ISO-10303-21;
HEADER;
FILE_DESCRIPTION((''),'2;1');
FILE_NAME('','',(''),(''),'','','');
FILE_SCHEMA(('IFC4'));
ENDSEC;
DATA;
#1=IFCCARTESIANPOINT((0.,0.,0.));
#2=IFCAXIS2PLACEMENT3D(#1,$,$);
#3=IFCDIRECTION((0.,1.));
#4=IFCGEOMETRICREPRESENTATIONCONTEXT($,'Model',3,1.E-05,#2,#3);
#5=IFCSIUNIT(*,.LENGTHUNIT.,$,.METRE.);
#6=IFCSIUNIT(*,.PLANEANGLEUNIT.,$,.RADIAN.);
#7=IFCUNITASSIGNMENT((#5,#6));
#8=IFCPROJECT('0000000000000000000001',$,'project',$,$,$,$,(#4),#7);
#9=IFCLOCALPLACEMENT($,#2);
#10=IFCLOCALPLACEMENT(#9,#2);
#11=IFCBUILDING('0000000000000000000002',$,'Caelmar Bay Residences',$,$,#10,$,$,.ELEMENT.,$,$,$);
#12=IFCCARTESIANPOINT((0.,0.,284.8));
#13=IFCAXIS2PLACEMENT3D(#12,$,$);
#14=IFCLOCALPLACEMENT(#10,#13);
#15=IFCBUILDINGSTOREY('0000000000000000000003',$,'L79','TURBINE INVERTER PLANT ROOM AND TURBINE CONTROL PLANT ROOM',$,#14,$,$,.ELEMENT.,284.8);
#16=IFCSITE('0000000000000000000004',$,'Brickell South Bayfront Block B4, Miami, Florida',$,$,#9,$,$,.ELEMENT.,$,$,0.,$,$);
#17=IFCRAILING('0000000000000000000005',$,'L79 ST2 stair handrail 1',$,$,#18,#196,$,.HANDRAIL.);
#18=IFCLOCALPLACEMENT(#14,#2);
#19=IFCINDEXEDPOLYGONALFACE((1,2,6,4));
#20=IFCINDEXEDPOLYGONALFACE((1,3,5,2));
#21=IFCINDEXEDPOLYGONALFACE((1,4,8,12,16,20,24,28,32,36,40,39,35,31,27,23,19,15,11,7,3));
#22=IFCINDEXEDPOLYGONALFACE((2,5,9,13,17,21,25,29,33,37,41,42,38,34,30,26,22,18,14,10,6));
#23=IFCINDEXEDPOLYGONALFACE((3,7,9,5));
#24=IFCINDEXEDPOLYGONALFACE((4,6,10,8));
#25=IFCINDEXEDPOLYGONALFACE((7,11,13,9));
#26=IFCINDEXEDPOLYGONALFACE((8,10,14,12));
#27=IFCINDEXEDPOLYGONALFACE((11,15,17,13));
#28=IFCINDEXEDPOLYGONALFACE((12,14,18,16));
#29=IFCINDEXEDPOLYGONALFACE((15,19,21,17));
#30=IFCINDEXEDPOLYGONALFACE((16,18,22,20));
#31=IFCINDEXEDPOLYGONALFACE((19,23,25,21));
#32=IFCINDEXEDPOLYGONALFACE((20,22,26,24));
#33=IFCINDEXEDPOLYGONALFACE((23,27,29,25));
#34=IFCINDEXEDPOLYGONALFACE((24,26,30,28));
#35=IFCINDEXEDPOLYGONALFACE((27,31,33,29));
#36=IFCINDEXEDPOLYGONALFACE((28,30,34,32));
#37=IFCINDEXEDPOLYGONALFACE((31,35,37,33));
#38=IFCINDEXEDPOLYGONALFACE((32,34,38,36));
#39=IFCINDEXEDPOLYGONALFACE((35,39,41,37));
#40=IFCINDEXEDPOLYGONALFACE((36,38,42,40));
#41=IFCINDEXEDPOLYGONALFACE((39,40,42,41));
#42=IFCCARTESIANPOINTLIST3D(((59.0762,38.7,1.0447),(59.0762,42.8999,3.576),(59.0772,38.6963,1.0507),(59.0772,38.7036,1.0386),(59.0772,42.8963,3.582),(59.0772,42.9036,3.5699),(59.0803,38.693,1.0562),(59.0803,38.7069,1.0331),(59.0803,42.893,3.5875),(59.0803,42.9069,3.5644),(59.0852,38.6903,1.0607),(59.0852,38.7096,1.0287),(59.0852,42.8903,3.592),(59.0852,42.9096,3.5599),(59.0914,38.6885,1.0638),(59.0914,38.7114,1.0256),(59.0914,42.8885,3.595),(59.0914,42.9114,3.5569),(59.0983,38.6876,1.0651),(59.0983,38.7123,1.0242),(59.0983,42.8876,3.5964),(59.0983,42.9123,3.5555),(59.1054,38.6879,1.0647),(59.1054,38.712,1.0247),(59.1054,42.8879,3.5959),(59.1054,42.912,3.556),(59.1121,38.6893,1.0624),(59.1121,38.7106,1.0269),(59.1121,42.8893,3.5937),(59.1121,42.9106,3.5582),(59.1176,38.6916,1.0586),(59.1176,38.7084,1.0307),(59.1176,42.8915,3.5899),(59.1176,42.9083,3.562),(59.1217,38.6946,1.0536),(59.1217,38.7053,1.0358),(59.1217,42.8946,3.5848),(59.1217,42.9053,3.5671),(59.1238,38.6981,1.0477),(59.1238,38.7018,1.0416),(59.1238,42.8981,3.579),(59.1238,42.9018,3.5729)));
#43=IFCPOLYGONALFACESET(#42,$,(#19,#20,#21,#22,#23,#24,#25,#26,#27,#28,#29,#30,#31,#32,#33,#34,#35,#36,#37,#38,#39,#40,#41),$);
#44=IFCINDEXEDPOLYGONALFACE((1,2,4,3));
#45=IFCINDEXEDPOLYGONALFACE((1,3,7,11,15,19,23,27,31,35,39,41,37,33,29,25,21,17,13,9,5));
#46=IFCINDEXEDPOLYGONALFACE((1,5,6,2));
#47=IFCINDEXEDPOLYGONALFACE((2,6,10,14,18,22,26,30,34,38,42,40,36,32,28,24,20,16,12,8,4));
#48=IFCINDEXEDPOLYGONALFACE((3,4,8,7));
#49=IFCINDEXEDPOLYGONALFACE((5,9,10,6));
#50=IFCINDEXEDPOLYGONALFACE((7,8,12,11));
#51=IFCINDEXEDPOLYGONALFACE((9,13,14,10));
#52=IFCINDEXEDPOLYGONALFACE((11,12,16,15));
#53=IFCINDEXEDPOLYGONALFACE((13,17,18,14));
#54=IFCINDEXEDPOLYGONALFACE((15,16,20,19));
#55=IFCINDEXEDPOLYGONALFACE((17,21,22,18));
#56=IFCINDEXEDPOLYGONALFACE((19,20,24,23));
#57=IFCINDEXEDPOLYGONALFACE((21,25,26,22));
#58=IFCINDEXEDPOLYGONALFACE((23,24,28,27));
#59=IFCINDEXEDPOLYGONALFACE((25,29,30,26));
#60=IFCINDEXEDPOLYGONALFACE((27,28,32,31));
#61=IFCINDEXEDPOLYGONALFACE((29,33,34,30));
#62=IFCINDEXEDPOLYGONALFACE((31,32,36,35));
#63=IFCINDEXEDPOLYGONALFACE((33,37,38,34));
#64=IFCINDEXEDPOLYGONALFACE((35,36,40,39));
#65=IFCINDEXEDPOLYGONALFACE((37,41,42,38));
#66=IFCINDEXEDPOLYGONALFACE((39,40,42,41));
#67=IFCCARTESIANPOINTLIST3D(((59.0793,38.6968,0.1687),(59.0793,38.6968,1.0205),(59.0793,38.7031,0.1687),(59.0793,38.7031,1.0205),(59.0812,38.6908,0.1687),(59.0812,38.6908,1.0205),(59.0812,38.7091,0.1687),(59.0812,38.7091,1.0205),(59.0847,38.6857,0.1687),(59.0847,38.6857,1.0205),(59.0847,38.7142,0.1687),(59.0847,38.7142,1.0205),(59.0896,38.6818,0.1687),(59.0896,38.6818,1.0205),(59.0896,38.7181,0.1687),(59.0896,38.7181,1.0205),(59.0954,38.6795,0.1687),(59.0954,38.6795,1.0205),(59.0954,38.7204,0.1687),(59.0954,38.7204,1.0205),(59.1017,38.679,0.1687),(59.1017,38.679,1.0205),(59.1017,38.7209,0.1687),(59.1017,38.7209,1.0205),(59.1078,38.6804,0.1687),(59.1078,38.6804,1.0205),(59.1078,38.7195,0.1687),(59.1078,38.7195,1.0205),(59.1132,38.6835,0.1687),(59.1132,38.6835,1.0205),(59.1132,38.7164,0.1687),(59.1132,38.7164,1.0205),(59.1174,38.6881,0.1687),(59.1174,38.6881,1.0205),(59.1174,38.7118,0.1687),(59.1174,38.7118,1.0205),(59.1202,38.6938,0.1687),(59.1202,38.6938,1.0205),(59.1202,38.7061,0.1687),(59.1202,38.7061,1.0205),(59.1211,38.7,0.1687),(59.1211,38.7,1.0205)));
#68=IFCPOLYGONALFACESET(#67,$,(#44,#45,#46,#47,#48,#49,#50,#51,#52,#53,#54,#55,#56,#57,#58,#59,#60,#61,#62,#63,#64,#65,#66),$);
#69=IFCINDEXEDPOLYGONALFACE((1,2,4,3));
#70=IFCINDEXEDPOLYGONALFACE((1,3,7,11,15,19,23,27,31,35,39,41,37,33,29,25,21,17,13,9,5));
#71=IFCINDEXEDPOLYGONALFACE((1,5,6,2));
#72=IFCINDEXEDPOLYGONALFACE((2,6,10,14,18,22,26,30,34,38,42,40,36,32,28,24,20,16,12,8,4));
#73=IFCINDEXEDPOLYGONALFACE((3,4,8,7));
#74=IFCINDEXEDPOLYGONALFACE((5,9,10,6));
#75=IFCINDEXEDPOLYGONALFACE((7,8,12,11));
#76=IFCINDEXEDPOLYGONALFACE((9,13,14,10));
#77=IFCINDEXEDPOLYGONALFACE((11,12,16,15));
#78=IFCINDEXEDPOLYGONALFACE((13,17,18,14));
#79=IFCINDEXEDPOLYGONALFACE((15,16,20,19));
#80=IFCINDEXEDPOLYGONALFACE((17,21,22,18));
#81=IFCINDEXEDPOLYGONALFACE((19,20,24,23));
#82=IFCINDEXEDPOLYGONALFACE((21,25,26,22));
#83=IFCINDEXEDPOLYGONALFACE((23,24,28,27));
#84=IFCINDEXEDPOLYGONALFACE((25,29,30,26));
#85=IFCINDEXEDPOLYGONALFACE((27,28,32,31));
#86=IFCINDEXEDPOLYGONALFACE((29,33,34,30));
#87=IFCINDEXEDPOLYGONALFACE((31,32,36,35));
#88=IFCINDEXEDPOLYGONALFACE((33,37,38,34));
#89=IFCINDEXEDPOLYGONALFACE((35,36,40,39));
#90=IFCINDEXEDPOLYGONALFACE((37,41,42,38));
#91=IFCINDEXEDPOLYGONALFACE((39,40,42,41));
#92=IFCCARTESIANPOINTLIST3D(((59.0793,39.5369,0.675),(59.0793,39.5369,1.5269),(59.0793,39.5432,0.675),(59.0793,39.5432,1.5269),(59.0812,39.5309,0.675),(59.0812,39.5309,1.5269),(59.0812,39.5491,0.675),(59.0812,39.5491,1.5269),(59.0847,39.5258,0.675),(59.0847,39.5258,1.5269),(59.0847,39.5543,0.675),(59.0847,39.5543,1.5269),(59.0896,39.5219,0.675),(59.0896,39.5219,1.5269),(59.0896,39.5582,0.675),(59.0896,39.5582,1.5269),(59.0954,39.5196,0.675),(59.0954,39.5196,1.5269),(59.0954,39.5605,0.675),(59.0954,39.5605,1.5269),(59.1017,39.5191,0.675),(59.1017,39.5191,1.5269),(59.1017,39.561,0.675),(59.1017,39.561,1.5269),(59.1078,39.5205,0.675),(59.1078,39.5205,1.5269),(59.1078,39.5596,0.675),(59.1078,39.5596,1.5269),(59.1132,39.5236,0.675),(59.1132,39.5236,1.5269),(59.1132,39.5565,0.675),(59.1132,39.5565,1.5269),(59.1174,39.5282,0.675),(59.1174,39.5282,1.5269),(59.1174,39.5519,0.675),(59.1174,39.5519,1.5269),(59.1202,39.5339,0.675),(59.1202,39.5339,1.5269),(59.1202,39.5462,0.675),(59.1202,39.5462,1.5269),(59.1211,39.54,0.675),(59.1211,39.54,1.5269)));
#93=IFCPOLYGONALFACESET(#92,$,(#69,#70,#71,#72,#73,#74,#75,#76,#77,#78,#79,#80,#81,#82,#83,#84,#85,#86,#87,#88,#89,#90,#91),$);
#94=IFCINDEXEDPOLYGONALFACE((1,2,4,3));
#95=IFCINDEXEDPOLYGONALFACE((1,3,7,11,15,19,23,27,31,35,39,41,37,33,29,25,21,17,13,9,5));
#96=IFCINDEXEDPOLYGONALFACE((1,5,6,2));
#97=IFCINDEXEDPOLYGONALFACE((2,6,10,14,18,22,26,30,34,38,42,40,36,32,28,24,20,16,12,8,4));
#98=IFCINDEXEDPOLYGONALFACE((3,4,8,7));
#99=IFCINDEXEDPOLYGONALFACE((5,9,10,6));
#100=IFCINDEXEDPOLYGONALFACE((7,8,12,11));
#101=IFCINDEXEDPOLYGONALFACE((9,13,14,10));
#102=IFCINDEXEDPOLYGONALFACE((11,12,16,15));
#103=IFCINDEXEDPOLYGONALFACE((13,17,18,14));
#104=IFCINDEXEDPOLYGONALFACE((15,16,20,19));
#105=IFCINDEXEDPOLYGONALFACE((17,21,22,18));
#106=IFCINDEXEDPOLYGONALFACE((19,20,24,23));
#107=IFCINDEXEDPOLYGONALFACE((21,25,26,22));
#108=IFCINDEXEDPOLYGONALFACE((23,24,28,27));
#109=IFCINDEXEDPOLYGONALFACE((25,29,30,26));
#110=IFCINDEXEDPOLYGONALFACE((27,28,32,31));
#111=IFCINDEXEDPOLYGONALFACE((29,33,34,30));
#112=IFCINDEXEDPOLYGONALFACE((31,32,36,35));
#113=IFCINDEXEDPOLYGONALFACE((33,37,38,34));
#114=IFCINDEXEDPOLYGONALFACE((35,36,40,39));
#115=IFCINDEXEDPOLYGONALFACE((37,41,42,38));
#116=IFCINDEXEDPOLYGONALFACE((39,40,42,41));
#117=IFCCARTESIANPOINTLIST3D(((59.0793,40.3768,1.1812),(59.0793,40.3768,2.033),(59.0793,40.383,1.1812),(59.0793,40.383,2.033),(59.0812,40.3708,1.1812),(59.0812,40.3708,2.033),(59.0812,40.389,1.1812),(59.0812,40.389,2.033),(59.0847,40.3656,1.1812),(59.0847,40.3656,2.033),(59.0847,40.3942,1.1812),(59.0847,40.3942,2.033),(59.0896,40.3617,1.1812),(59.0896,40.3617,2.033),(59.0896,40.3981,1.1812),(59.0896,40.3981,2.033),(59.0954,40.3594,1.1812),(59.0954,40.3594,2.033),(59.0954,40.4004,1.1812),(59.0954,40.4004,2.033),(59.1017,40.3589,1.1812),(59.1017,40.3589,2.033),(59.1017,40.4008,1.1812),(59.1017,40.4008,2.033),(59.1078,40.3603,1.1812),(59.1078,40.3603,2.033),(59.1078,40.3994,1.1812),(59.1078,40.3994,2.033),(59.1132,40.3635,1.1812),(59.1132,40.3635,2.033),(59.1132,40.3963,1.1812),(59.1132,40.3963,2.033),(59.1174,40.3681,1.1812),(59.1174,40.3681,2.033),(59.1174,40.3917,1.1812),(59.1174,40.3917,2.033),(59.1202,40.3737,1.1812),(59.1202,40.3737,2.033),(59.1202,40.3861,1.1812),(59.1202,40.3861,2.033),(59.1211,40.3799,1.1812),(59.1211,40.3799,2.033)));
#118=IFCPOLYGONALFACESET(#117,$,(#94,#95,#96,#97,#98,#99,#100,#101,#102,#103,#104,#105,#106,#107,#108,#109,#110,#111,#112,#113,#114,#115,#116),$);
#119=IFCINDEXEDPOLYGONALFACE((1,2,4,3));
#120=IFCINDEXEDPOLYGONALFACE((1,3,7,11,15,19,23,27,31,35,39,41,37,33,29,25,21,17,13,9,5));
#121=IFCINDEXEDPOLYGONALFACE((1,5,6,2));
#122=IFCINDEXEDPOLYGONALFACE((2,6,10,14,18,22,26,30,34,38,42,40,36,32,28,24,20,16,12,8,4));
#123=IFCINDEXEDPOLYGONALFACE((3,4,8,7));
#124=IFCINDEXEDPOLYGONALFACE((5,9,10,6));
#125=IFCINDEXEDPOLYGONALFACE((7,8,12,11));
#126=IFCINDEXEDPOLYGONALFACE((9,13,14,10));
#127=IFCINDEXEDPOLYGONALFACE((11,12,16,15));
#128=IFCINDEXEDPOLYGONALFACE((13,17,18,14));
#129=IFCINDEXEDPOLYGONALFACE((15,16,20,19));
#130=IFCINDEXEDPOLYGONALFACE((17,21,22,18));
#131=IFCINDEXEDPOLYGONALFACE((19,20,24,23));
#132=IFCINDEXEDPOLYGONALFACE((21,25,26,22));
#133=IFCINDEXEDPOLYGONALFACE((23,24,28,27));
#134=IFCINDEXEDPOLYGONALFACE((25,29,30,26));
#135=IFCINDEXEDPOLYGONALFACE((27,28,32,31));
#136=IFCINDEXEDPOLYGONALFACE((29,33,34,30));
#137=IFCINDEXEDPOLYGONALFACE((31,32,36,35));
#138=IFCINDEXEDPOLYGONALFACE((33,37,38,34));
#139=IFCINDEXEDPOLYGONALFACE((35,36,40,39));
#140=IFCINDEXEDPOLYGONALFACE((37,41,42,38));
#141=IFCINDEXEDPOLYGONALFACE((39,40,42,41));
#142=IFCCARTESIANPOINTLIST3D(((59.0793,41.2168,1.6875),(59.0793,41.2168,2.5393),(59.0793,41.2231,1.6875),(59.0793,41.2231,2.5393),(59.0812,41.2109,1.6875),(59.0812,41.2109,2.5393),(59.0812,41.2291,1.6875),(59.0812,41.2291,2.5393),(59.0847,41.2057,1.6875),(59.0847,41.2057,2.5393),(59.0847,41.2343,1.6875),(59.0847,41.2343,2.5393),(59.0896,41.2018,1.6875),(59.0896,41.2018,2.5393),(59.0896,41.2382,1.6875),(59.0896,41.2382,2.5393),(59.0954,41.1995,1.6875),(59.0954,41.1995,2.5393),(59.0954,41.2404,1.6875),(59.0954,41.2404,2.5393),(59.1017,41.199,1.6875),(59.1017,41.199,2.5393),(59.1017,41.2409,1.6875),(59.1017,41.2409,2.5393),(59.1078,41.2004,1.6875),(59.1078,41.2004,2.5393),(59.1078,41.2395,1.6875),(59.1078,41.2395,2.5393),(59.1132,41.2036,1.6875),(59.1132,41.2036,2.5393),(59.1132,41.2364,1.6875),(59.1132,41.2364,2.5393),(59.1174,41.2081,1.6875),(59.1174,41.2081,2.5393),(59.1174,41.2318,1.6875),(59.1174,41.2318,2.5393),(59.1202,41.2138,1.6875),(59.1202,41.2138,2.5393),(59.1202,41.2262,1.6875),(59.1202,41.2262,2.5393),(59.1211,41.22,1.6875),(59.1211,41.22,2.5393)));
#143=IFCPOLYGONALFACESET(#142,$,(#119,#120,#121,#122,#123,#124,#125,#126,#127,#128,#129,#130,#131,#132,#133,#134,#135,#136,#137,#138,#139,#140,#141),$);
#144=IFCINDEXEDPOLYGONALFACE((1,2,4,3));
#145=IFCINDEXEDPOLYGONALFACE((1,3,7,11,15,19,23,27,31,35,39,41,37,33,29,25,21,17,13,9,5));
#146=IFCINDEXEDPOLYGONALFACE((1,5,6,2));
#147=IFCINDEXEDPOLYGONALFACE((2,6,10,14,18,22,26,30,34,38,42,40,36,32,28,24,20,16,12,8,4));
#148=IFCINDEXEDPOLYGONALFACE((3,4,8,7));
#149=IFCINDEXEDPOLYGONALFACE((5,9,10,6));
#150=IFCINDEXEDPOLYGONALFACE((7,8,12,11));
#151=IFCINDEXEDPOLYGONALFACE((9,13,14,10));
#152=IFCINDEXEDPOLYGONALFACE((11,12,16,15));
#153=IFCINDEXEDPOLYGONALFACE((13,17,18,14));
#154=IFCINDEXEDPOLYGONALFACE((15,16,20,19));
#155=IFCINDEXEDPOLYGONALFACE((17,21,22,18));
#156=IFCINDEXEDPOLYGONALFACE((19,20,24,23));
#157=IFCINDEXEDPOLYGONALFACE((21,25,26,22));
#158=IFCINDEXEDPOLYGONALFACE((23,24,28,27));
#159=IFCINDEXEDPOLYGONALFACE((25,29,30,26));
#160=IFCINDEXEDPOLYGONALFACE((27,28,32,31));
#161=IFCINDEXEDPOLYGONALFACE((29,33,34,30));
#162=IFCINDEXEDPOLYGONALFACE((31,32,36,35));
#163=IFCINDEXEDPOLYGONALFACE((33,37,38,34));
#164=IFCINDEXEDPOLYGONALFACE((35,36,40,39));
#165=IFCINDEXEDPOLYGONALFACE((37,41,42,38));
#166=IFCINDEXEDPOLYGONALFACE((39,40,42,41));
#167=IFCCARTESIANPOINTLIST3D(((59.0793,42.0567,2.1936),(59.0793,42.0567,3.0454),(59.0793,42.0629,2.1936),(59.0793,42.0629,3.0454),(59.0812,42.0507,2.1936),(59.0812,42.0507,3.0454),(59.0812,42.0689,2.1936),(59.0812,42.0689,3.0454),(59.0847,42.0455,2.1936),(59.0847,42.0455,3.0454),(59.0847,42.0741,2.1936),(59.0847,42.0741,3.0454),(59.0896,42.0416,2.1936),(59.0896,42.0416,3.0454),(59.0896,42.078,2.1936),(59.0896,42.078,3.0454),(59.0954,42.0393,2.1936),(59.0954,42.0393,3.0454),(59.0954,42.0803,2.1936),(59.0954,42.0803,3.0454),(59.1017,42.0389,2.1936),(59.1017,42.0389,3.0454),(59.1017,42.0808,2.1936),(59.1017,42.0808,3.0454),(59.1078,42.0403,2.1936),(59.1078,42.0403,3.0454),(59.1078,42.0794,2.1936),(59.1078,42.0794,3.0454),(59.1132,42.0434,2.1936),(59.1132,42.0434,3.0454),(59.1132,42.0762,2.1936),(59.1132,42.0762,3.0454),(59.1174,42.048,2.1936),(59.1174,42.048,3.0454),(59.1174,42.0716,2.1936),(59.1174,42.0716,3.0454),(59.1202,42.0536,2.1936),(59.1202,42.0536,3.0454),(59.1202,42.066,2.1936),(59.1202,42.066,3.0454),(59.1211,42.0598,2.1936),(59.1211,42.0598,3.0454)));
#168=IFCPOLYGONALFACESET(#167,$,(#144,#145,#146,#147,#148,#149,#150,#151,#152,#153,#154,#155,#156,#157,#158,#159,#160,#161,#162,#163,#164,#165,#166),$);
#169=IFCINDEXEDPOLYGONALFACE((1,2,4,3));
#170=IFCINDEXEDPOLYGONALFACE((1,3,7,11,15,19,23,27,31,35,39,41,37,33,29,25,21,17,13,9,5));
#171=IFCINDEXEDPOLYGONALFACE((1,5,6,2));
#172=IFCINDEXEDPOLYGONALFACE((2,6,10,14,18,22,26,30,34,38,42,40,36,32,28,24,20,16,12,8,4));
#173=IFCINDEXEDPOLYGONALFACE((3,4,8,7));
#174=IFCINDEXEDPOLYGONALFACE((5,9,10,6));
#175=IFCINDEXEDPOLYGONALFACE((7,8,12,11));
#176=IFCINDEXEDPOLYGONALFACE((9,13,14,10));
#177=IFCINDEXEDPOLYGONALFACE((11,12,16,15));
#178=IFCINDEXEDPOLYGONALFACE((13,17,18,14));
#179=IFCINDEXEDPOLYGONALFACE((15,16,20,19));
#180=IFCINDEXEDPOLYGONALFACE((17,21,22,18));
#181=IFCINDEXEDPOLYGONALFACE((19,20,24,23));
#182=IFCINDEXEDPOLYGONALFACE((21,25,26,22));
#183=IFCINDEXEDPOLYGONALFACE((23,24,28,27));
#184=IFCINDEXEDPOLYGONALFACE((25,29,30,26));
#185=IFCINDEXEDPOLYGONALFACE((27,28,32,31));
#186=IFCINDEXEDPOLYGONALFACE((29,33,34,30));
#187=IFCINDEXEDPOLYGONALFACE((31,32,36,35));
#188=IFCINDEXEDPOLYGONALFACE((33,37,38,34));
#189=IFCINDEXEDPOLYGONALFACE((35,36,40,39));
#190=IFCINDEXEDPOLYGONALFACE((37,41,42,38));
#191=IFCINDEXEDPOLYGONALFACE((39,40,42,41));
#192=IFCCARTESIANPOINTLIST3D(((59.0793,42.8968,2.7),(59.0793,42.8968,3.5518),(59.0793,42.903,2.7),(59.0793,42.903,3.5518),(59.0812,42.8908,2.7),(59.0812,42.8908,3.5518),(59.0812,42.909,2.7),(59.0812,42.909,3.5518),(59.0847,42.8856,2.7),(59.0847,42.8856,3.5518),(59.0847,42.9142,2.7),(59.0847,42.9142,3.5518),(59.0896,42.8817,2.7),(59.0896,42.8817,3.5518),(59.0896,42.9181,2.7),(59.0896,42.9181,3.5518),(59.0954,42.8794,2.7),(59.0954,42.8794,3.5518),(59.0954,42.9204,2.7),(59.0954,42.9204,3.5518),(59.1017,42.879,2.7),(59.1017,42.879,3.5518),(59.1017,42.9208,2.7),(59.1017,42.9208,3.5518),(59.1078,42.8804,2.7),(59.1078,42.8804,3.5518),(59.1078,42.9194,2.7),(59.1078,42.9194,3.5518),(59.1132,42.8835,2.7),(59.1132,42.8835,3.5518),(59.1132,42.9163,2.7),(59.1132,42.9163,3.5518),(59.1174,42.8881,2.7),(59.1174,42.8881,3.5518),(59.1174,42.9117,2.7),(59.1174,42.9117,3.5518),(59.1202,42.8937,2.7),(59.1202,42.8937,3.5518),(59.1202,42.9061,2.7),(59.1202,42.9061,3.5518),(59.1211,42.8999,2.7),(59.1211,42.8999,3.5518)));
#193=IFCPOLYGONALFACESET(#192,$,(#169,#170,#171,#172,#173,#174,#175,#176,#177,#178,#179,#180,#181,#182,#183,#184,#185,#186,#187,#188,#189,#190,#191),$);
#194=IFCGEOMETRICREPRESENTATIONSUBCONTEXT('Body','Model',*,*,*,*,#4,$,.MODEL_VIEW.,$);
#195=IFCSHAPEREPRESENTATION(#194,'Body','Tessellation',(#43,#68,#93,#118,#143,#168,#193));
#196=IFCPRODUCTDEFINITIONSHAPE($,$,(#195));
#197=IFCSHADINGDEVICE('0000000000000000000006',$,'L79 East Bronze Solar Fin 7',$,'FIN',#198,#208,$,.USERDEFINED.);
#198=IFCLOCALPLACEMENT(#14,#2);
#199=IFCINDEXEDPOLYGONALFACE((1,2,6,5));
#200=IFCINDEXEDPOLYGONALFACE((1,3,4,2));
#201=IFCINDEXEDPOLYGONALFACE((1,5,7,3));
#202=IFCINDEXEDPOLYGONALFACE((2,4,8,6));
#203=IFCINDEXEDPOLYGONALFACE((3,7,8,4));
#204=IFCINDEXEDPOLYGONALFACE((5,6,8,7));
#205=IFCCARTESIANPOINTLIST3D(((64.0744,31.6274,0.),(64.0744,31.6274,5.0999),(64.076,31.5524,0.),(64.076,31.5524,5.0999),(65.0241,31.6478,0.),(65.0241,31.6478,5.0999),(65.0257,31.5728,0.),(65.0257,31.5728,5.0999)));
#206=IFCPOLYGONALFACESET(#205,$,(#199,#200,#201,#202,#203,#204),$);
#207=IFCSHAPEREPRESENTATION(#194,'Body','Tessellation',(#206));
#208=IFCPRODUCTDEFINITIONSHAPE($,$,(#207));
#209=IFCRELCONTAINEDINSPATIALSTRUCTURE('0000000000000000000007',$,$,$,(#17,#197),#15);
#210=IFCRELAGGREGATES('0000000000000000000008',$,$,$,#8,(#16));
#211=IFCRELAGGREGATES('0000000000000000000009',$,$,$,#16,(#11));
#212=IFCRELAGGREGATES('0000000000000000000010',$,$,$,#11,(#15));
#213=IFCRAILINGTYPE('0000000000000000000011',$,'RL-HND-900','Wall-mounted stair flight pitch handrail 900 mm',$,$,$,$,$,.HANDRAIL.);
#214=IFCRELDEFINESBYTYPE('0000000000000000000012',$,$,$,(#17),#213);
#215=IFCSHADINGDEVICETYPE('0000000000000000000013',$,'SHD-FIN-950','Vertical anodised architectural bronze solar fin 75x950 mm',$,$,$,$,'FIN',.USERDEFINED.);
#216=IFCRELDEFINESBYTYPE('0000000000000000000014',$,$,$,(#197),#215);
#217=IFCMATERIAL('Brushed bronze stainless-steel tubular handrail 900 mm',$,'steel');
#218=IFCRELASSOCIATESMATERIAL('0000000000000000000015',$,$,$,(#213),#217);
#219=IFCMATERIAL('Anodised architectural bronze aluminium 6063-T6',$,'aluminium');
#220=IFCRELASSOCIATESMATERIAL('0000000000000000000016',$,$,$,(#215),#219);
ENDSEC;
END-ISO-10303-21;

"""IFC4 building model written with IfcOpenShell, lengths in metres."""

from ifc_helpers import new_model, si_unit, direction, frame, origin, origin_2d, place, context, subcontext, project, spatial, rectangle, circle, extrude, material, material_profile, profile_set, type_object, element, save


model = new_model("IFC4")

# Units and contexts
model_context = context("Model", 3, precision=1e-05, world=origin(), true_north=direction((0.0, 1.0)))
body_context = subcontext(model_context, "Body", "Model", "MODEL_VIEW")
ifc_project = project(units=[si_unit("LENGTHUNIT", "METRE"), si_unit("PLANEANGLEUNIT", "RADIAN")], contexts=[model_context])

# Site, building, storey
site_placement = place(None, origin())
site = spatial("IfcSite", under=ifc_project, at=site_placement, Name="Brickell South Bayfront Block B4, Miami, Florida", CompositionType="ELEMENT", RefElevation=0.0)
building_placement = place(site_placement, origin())
building = spatial("IfcBuilding", under=site, at=building_placement, Name="Caelmar Bay Residences", CompositionType="ELEMENT")
storey_placement = place(building_placement, frame((0.0, 0.0, 284.8)))
storey = spatial("IfcBuildingStorey", under=building, at=storey_placement, Name="L79", Description="TURBINE INVERTER PLANT ROOM AND TURBINE CONTROL PLANT ROOM", CompositionType="ELEMENT", Elevation=284.8)

# Railing
ifc_material_1 = material(Name="Brushed bronze stainless-steel tubular handrail 900 mm", Category="steel")
railing_type_1 = type_object("IfcRailingType", Name="RL-HND-900", Description="Wall-mounted stair flight pitch handrail 900 mm", PredefinedType="HANDRAIL", material=ifc_material_1)
railing_1_placement = place(storey_placement, frame((59.1001, 38.7, 0.1687)))
element("IfcRailing", 1, at=railing_1_placement, inside=storey, type_object=railing_type_1, Name="L79 ST2 stair handrail 1", PredefinedType="HANDRAIL", context=body_context, shape_type="SweptSolid", body=[
    extrude(circle(Radius=0.0239, at=origin_2d()), frame((0.0, 0.0, 0.876), z_axis=(0.0, 0.856476, 0.516186), x_axis=(-1.0, 0.0, 0.0)), (0.0, 0.0, 1.0), 4.9038),
    extrude(circle(Radius=0.021, at=origin_2d()), origin(), (0.0, 0.0, 1.0), 0.8518),
    extrude(circle(Radius=0.021, at=origin_2d()), frame((0.0, 0.8401, 0.5063)), (0.0, 0.0, 1.0), 0.8518),
    extrude(circle(Radius=0.021, at=origin_2d()), frame((0.0, 1.6799, 1.0125)), (0.0, 0.0, 1.0), 0.8518),
    extrude(circle(Radius=0.021, at=origin_2d()), frame((0.0, 2.52, 1.5188)), (0.0, 0.0, 1.0), 0.8518),
    extrude(circle(Radius=0.021, at=origin_2d()), frame((0.0, 3.3599, 2.0249)), (0.0, 0.0, 1.0), 0.8518),
    extrude(circle(Radius=0.021, at=origin_2d()), frame((0.0, 4.2, 2.5312)), (0.0, 0.0, 1.0), 0.8518),
])

# Shading device
ifc_material_2 = material(Name="Anodised architectural bronze aluminium 6063-T6", Category="aluminium")
ifc_material_profile_1 = material_profile(ifc_material_2, rectangle(XDim=0.075, YDim=0.95, at=origin_2d()), Name="BRONZE-FIN-75X950")
ifc_profile_set_1 = profile_set([ifc_material_profile_1], Name="Anodised architectural bronze aluminium 6063-T6")
shading_device_type = type_object("IfcShadingDeviceType", Name="SHD-FIN-950", Description="Vertical anodised architectural bronze solar fin 75x950 mm", ElementType="FIN", PredefinedType="USERDEFINED", material=ifc_profile_set_1)
for number, where, z_axis, x_axis, name in (
    (2, (64.55, 31.6001, 0.0), (0.0, 0.0, 1.0), (-0.021466, 0.99977, 0.0), "L79 East Bronze Solar Fin 7"),
):
    element("IfcShadingDevice", number, at=place(storey_placement, frame(where, z_axis=z_axis, x_axis=x_axis)), inside=storey, type_object=shading_device_type, Name=name, ObjectType="FIN", PredefinedType="USERDEFINED", context=body_context, shape_type="SweptSolid", body=[
        extrude(rectangle(XDim=0.075, YDim=0.95, at=origin_2d()), origin(), (0.0, 0.0, 1.0), 5.0999),
    ])

save(model, "model.ifc")
